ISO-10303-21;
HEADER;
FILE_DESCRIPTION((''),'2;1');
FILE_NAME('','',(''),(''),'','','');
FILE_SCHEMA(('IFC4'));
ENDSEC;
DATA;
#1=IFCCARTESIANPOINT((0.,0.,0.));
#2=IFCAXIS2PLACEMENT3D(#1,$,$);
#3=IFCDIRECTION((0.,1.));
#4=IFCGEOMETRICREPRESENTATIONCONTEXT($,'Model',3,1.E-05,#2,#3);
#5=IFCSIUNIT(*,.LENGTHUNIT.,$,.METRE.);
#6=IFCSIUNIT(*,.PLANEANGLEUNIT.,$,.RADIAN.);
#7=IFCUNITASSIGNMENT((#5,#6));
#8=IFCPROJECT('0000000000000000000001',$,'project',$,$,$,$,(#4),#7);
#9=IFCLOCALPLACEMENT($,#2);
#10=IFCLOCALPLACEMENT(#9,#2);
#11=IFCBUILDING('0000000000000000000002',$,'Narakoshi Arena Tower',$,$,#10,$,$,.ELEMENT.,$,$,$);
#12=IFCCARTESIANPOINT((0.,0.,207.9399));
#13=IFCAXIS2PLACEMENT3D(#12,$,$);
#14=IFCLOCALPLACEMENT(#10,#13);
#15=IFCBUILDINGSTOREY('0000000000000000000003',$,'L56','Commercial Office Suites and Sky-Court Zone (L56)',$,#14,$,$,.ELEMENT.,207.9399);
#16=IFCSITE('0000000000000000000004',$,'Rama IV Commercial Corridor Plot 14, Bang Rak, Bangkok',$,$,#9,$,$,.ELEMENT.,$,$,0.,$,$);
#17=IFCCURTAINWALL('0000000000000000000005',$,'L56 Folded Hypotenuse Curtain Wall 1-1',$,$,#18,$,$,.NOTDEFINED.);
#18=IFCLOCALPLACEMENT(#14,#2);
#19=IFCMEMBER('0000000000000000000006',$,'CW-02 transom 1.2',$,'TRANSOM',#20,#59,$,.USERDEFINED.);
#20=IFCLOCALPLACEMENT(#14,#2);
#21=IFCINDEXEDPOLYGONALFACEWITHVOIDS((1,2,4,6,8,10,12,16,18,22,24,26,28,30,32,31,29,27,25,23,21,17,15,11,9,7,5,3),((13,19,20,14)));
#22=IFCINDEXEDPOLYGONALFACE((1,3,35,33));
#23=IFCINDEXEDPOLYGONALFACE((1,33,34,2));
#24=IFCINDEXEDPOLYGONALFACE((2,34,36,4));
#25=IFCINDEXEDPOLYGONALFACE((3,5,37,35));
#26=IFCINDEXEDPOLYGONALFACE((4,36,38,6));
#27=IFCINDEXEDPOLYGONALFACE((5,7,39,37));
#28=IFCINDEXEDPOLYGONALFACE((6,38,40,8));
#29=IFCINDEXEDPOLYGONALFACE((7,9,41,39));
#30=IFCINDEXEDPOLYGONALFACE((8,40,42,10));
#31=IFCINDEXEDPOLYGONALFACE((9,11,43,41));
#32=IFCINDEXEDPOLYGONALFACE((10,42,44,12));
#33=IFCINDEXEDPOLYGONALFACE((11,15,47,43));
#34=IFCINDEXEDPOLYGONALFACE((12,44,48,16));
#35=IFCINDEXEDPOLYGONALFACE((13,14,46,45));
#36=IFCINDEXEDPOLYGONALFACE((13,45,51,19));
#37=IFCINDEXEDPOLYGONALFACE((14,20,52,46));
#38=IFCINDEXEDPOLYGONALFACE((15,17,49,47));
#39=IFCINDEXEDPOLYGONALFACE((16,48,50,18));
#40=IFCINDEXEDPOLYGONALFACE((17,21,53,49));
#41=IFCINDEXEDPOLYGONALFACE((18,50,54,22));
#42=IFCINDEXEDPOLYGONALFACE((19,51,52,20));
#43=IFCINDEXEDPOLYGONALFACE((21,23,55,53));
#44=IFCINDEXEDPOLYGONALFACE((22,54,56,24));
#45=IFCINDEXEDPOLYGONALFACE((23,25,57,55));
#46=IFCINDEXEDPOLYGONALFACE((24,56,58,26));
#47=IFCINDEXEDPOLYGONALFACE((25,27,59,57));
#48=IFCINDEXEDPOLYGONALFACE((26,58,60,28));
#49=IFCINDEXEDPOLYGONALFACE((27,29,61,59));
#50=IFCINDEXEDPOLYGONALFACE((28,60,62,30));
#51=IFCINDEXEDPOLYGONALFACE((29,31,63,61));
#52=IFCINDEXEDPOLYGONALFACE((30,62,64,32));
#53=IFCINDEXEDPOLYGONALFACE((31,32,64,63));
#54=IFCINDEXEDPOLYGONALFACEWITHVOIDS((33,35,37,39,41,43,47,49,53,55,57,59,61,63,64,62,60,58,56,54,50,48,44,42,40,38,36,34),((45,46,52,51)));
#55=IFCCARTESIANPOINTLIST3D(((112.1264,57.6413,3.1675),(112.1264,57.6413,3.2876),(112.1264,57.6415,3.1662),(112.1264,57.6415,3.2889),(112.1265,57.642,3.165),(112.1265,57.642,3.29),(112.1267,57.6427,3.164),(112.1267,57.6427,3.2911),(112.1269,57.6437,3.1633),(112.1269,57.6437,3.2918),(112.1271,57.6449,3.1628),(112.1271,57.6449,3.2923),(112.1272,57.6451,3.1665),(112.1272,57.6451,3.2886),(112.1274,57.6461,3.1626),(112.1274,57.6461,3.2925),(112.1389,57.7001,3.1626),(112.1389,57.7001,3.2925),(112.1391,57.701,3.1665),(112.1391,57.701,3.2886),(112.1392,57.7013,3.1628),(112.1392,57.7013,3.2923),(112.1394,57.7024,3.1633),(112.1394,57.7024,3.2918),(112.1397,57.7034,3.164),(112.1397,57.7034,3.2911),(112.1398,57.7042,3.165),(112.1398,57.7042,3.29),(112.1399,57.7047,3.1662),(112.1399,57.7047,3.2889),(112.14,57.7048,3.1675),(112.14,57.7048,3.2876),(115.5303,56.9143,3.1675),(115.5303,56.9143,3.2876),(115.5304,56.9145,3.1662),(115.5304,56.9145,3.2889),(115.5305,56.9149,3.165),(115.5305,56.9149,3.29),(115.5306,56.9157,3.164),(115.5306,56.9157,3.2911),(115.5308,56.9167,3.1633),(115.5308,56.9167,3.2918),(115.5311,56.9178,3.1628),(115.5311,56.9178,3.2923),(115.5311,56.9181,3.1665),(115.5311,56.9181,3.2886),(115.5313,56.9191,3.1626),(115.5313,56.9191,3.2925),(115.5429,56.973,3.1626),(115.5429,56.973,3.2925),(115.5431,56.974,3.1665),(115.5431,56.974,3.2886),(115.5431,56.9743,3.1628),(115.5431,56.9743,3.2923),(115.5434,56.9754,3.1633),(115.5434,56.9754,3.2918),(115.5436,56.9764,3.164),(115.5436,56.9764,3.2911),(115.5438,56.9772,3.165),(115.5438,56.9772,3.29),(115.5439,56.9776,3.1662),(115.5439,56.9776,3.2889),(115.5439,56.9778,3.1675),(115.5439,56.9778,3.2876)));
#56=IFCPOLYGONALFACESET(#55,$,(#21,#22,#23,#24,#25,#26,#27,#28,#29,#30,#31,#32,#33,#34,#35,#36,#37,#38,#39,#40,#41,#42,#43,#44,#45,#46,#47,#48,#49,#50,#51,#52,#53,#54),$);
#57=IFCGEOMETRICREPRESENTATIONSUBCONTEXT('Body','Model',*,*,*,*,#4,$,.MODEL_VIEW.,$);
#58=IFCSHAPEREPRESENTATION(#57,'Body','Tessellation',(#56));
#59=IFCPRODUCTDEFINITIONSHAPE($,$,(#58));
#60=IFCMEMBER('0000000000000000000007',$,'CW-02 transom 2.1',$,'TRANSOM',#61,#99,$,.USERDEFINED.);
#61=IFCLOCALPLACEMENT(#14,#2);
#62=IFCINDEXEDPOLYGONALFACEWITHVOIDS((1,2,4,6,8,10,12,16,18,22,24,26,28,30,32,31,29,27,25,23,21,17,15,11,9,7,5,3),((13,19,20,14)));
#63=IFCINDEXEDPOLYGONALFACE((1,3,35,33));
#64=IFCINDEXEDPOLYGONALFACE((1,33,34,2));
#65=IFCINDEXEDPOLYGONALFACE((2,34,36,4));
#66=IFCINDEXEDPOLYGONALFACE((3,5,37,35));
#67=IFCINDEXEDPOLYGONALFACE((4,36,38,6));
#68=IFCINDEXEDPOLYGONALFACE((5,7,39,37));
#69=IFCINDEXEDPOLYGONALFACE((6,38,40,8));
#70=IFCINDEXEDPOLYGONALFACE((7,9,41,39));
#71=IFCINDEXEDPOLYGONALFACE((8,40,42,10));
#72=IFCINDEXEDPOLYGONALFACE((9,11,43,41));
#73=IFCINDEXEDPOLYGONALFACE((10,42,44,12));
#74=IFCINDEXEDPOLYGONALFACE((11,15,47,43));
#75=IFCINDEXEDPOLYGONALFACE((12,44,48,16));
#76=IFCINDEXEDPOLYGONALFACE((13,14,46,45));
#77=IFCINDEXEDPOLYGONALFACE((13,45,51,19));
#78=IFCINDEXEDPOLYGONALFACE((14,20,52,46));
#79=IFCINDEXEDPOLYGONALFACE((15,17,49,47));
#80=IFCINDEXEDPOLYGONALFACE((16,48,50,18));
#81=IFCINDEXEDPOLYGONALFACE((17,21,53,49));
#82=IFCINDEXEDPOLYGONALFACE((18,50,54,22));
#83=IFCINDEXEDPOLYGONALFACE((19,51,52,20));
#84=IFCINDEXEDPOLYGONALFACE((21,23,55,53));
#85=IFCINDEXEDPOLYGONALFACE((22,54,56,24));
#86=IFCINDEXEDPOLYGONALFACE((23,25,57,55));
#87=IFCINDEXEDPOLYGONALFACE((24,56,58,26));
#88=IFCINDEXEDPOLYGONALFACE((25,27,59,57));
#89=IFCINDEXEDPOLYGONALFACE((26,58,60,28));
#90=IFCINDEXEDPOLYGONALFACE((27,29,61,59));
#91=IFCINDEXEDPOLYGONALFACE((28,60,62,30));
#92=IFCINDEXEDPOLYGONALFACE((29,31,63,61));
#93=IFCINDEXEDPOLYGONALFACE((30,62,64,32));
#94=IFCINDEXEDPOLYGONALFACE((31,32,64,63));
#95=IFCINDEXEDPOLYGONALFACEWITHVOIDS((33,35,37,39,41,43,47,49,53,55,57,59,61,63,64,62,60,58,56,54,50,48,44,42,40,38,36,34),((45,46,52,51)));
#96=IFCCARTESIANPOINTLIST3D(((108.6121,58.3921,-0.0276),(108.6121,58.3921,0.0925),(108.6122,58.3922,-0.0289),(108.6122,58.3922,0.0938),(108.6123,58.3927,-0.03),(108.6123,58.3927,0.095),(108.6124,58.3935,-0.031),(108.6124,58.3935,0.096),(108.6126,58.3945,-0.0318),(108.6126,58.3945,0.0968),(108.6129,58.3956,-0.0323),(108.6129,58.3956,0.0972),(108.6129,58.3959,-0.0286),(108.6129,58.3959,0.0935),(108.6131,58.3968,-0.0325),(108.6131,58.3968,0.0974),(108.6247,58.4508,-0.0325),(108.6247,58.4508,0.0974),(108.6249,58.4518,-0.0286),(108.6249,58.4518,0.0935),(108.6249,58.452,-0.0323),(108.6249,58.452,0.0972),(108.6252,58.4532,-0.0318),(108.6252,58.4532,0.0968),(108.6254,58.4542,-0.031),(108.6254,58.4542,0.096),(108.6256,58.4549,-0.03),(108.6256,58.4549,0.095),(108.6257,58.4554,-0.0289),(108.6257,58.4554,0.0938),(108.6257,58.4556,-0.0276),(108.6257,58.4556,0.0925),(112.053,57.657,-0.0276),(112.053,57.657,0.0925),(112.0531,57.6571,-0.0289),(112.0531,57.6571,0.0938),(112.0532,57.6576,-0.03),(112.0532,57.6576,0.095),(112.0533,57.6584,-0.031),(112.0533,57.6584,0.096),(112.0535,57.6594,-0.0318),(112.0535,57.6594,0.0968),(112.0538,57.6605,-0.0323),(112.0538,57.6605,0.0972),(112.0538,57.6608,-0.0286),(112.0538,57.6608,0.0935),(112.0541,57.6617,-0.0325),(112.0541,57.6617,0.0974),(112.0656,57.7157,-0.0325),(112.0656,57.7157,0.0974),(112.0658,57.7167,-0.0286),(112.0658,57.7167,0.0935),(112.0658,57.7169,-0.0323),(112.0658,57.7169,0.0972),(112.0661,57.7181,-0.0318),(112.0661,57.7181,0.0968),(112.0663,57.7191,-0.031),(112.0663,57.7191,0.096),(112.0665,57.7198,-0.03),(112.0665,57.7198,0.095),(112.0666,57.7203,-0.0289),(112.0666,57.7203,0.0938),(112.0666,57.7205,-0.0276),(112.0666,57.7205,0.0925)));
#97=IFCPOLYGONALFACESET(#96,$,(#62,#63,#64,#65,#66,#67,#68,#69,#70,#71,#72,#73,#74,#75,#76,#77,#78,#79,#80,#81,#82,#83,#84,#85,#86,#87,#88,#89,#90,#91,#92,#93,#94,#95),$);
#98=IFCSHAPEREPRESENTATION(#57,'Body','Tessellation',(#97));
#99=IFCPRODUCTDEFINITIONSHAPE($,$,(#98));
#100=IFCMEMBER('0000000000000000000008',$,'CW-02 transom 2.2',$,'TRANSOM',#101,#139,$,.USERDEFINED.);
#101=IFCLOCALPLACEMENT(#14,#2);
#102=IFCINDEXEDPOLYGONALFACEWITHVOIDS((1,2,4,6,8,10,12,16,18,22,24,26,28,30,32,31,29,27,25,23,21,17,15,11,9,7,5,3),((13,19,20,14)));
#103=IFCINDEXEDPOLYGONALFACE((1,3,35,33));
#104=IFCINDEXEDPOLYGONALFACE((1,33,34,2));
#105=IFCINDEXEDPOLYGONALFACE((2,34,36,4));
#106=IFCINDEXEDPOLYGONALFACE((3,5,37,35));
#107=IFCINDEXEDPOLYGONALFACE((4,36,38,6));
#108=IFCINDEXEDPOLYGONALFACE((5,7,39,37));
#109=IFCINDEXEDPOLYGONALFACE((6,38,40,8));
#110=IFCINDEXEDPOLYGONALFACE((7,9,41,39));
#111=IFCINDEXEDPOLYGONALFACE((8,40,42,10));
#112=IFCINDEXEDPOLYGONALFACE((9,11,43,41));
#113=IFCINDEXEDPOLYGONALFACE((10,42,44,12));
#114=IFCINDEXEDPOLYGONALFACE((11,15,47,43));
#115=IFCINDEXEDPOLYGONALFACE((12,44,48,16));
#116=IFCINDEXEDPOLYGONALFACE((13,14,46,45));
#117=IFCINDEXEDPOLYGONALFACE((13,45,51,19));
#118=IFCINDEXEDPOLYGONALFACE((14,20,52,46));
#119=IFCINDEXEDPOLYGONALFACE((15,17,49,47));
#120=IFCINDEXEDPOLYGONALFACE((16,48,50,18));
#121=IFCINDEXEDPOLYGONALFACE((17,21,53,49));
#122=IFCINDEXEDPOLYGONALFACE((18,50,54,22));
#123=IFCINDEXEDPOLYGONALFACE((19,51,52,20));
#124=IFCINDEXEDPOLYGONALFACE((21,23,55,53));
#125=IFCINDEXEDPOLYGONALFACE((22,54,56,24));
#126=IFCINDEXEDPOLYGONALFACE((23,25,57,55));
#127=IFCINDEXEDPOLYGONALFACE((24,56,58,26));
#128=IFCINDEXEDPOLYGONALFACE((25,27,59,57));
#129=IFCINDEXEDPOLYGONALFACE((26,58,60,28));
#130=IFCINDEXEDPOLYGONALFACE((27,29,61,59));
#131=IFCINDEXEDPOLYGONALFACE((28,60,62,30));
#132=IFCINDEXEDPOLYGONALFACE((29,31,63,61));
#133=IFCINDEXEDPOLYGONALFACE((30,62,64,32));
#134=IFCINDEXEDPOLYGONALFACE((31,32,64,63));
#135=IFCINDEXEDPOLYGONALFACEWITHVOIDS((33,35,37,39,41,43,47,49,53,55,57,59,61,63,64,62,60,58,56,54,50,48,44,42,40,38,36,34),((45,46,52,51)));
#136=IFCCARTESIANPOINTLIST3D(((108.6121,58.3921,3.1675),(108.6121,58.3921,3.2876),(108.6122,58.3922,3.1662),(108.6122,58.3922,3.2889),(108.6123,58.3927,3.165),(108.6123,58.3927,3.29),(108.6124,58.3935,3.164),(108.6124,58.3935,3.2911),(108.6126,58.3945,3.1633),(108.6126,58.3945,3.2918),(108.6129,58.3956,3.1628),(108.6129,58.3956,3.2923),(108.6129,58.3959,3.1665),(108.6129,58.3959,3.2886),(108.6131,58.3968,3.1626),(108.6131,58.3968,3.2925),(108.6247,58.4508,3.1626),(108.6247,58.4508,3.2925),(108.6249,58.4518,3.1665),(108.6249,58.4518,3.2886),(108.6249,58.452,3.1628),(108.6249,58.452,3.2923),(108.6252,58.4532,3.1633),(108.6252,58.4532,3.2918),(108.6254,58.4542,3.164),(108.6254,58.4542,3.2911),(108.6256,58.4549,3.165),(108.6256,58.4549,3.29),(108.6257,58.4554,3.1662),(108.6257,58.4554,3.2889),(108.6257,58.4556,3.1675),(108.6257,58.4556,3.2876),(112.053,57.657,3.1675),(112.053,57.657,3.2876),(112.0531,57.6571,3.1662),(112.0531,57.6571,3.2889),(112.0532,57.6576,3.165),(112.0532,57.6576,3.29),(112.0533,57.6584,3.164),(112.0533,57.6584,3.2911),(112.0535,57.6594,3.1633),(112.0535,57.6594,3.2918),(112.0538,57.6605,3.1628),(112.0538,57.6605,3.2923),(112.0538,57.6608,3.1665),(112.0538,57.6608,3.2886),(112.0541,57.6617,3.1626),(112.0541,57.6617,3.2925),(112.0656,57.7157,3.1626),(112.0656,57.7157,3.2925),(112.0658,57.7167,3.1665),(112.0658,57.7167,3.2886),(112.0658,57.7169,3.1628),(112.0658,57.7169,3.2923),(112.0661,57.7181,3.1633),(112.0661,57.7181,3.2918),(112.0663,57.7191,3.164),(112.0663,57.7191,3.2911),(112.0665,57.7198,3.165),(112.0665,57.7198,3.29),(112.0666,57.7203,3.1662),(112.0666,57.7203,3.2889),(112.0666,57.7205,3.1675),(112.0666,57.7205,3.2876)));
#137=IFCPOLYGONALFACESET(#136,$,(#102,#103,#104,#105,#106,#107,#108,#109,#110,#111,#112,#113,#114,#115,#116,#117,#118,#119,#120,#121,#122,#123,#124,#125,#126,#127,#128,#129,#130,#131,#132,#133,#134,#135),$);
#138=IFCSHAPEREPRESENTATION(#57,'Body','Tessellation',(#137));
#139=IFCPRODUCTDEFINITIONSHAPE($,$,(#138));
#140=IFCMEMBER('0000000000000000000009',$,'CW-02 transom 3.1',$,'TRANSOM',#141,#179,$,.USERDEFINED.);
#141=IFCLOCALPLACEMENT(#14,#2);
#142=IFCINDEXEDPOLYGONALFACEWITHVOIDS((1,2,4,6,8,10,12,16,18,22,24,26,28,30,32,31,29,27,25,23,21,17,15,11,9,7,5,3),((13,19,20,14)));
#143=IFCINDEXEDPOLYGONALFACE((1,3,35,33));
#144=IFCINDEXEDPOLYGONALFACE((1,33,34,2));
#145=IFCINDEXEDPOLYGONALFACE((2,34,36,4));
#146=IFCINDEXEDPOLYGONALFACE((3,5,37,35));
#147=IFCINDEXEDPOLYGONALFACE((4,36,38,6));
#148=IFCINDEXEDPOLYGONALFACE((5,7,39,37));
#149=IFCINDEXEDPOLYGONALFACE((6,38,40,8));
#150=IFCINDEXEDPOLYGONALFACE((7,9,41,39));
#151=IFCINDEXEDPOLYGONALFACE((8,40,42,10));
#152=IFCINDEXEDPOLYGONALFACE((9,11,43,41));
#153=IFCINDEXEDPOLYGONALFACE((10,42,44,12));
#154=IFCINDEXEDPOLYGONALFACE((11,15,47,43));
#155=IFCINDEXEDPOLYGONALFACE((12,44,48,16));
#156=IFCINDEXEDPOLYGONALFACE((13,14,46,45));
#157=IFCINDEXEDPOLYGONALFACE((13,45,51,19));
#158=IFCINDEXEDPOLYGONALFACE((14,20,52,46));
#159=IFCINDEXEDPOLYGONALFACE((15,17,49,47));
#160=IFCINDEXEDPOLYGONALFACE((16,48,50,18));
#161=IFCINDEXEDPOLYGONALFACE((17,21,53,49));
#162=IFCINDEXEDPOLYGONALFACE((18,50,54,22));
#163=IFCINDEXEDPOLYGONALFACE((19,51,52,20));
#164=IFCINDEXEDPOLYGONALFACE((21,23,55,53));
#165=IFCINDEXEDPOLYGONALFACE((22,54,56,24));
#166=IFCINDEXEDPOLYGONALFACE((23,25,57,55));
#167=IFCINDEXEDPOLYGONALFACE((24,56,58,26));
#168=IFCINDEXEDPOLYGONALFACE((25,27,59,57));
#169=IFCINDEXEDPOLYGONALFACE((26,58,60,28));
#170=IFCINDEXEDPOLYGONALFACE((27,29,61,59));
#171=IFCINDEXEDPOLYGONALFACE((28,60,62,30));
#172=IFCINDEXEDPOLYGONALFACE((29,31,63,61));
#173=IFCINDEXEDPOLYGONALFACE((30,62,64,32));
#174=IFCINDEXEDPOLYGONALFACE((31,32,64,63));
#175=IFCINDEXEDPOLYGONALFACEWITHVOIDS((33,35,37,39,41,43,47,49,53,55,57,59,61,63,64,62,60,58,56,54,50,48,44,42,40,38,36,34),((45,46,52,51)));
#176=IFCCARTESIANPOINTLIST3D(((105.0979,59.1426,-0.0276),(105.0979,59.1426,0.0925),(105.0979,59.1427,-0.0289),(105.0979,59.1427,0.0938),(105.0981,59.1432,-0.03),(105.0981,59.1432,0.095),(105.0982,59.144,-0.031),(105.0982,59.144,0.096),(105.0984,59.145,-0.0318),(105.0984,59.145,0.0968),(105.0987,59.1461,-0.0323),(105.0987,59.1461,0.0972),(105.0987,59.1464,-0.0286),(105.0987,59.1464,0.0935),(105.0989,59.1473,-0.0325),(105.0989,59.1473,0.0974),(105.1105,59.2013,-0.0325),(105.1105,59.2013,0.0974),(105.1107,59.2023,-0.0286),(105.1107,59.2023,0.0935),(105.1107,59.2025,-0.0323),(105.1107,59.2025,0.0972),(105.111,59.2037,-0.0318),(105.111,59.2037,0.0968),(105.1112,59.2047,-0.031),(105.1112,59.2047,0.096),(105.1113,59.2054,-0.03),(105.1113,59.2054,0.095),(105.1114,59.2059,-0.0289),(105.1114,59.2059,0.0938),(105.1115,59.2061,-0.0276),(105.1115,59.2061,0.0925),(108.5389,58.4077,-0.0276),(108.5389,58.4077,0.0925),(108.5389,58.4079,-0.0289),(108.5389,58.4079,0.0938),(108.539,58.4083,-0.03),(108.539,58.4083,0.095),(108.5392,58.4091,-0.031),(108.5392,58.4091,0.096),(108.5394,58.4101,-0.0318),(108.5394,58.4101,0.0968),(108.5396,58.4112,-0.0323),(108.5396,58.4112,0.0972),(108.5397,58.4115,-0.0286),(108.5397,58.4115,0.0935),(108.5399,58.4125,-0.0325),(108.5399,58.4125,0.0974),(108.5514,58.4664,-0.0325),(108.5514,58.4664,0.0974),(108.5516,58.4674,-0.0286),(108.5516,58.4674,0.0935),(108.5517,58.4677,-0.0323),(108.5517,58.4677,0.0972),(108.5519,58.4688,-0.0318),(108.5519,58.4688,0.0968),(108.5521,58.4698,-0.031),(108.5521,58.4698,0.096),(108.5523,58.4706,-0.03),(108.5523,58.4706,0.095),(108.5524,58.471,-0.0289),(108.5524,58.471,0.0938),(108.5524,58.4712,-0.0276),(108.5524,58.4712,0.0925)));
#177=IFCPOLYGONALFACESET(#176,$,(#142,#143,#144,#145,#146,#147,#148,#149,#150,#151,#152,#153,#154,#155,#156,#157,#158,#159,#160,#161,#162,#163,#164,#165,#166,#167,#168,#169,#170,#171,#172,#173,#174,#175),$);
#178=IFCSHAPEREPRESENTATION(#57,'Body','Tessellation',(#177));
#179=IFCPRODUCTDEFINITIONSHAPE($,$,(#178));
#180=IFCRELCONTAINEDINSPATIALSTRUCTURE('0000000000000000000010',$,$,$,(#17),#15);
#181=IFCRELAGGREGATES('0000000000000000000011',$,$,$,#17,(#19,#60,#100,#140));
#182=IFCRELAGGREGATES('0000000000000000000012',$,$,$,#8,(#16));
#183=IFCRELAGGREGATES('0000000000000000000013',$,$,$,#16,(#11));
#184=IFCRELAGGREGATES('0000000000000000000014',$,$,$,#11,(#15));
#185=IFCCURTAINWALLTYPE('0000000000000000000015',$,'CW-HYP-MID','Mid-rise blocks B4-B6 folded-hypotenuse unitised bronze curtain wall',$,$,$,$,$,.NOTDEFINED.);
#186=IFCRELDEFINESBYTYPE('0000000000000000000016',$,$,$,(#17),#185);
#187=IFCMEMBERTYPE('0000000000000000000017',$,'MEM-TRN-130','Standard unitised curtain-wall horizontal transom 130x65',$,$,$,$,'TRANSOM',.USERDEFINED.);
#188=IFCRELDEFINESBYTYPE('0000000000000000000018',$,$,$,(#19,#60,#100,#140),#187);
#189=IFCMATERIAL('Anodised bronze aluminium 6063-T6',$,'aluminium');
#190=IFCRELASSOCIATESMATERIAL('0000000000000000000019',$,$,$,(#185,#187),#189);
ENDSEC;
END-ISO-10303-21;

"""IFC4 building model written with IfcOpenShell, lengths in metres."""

from ifc_helpers import new_model, si_unit, direction, frame, origin, origin_2d, place, context, subcontext, project, spatial, hollow_rectangle, extrude, material, material_profile, profile_set, type_object, element, aggregate, save


model = new_model("IFC4")

# Units and contexts
model_context = context("Model", 3, precision=1e-05, world=origin(), true_north=direction((0.0, 1.0)))
body_context = subcontext(model_context, "Body", "Model", "MODEL_VIEW")
ifc_project = project(units=[si_unit("LENGTHUNIT", "METRE"), si_unit("PLANEANGLEUNIT", "RADIAN")], contexts=[model_context])

# Site, building, storey
site_placement = place(None, origin())
site = spatial("IfcSite", under=ifc_project, at=site_placement, Name="Rama IV Commercial Corridor Plot 14, Bang Rak, Bangkok", CompositionType="ELEMENT", RefElevation=0.0)
building_placement = place(site_placement, origin())
building = spatial("IfcBuilding", under=site, at=building_placement, Name="Narakoshi Arena Tower", CompositionType="ELEMENT")
storey_placement = place(building_placement, frame((0.0, 0.0, 207.9399)))
storey = spatial("IfcBuildingStorey", under=building, at=storey_placement, Name="L56", Description="Commercial Office Suites and Sky-Court Zone (L56)", CompositionType="ELEMENT", Elevation=207.9399)

# Curtain wall, members
ifc_material_1 = material(Name="Anodised bronze aluminium 6063-T6", Category="aluminium")
curtain_wall_type = type_object("IfcCurtainWallType", Name="CW-HYP-MID", Description="Mid-rise blocks B4-B6 folded-hypotenuse unitised bronze curtain wall", PredefinedType="NOTDEFINED", material=ifc_material_1)
curtain_wall_placement = place(storey_placement, origin())
curtain_wall = element("IfcCurtainWall", 1, at=curtain_wall_placement, inside=storey, type_object=curtain_wall_type, Name="L56 Folded Hypotenuse Curtain Wall 1-1", PredefinedType="NOTDEFINED")
ifc_material_profile_1 = material_profile(ifc_material_1, hollow_rectangle(XDim=0.0649, YDim=0.1299, WallThickness=0.0039, OuterFilletRadius=0.0049, at=origin_2d()), Name="TRN130x65x4")
ifc_profile_set_1 = profile_set([ifc_material_profile_1], Name="Anodised bronze aluminium 6063-T6")
member_type_1 = type_object("IfcMemberType", Name="MEM-TRN-130", Description="Standard unitised curtain-wall horizontal transom 130x65", ElementType="TRANSOM", PredefinedType="USERDEFINED", material=ifc_profile_set_1)
member_1_placement = place(storey_placement, frame((115.5371, 56.946, 3.2275), z_axis=(-0.977943, 0.208873, 0.0), x_axis=(-0.208873, -0.977943, 0.0)))
member_1 = element("IfcMember", 2, at=member_1_placement, type_object=member_type_1, Name="CW-02 transom 1.2", ObjectType="TRANSOM", PredefinedType="USERDEFINED", context=body_context, shape_type="SweptSolid", body=[
    extrude(hollow_rectangle(XDim=0.0649, YDim=0.1299, WallThickness=0.0039, OuterFilletRadius=0.0049, at=origin_2d()), origin(), (0.0, 0.0, 1.0), 3.4807),
])
member_2_placement = place(storey_placement, frame((112.0598, 57.6887, 0.0325), z_axis=(-0.977932, 0.208923, 0.0), x_axis=(-0.208923, -0.977932, 0.0)))
member_2 = element("IfcMember", 3, at=member_2_placement, type_object=member_type_1, Name="CW-02 transom 2.1", ObjectType="TRANSOM", PredefinedType="USERDEFINED", context=body_context, shape_type="SweptSolid", body=[
    extrude(hollow_rectangle(XDim=0.0649, YDim=0.1299, WallThickness=0.0039, OuterFilletRadius=0.0049, at=origin_2d()), origin(), (0.0, 0.0, 1.0), 3.5186),
])
member_3_placement = place(storey_placement, frame((112.0598, 57.6887, 3.2275), z_axis=(-0.977932, 0.208923, 0.0), x_axis=(-0.208923, -0.977932, 0.0)))
member_3 = element("IfcMember", 4, at=member_3_placement, type_object=member_type_1, Name="CW-02 transom 2.2", ObjectType="TRANSOM", PredefinedType="USERDEFINED", context=body_context, shape_type="SweptSolid", body=[
    extrude(hollow_rectangle(XDim=0.0649, YDim=0.1299, WallThickness=0.0039, OuterFilletRadius=0.0049, at=origin_2d()), origin(), (0.0, 0.0, 1.0), 3.5186),
])
member_4_placement = place(storey_placement, frame((108.5457, 58.4395, 0.0325), z_axis=(-0.977946, 0.208856, 0.0), x_axis=(-0.208856, -0.977946, 0.0)))
member_4 = element("IfcMember", 5, at=member_4_placement, type_object=member_type_1, Name="CW-02 transom 3.1", ObjectType="TRANSOM", PredefinedType="USERDEFINED", context=body_context, shape_type="SweptSolid", body=[
    extrude(hollow_rectangle(XDim=0.0649, YDim=0.1299, WallThickness=0.0039, OuterFilletRadius=0.0049, at=origin_2d()), origin(), (0.0, 0.0, 1.0), 3.5186),
])
aggregate(curtain_wall, [member_1, member_2, member_3, member_4])

save(model, "model.ifc")
